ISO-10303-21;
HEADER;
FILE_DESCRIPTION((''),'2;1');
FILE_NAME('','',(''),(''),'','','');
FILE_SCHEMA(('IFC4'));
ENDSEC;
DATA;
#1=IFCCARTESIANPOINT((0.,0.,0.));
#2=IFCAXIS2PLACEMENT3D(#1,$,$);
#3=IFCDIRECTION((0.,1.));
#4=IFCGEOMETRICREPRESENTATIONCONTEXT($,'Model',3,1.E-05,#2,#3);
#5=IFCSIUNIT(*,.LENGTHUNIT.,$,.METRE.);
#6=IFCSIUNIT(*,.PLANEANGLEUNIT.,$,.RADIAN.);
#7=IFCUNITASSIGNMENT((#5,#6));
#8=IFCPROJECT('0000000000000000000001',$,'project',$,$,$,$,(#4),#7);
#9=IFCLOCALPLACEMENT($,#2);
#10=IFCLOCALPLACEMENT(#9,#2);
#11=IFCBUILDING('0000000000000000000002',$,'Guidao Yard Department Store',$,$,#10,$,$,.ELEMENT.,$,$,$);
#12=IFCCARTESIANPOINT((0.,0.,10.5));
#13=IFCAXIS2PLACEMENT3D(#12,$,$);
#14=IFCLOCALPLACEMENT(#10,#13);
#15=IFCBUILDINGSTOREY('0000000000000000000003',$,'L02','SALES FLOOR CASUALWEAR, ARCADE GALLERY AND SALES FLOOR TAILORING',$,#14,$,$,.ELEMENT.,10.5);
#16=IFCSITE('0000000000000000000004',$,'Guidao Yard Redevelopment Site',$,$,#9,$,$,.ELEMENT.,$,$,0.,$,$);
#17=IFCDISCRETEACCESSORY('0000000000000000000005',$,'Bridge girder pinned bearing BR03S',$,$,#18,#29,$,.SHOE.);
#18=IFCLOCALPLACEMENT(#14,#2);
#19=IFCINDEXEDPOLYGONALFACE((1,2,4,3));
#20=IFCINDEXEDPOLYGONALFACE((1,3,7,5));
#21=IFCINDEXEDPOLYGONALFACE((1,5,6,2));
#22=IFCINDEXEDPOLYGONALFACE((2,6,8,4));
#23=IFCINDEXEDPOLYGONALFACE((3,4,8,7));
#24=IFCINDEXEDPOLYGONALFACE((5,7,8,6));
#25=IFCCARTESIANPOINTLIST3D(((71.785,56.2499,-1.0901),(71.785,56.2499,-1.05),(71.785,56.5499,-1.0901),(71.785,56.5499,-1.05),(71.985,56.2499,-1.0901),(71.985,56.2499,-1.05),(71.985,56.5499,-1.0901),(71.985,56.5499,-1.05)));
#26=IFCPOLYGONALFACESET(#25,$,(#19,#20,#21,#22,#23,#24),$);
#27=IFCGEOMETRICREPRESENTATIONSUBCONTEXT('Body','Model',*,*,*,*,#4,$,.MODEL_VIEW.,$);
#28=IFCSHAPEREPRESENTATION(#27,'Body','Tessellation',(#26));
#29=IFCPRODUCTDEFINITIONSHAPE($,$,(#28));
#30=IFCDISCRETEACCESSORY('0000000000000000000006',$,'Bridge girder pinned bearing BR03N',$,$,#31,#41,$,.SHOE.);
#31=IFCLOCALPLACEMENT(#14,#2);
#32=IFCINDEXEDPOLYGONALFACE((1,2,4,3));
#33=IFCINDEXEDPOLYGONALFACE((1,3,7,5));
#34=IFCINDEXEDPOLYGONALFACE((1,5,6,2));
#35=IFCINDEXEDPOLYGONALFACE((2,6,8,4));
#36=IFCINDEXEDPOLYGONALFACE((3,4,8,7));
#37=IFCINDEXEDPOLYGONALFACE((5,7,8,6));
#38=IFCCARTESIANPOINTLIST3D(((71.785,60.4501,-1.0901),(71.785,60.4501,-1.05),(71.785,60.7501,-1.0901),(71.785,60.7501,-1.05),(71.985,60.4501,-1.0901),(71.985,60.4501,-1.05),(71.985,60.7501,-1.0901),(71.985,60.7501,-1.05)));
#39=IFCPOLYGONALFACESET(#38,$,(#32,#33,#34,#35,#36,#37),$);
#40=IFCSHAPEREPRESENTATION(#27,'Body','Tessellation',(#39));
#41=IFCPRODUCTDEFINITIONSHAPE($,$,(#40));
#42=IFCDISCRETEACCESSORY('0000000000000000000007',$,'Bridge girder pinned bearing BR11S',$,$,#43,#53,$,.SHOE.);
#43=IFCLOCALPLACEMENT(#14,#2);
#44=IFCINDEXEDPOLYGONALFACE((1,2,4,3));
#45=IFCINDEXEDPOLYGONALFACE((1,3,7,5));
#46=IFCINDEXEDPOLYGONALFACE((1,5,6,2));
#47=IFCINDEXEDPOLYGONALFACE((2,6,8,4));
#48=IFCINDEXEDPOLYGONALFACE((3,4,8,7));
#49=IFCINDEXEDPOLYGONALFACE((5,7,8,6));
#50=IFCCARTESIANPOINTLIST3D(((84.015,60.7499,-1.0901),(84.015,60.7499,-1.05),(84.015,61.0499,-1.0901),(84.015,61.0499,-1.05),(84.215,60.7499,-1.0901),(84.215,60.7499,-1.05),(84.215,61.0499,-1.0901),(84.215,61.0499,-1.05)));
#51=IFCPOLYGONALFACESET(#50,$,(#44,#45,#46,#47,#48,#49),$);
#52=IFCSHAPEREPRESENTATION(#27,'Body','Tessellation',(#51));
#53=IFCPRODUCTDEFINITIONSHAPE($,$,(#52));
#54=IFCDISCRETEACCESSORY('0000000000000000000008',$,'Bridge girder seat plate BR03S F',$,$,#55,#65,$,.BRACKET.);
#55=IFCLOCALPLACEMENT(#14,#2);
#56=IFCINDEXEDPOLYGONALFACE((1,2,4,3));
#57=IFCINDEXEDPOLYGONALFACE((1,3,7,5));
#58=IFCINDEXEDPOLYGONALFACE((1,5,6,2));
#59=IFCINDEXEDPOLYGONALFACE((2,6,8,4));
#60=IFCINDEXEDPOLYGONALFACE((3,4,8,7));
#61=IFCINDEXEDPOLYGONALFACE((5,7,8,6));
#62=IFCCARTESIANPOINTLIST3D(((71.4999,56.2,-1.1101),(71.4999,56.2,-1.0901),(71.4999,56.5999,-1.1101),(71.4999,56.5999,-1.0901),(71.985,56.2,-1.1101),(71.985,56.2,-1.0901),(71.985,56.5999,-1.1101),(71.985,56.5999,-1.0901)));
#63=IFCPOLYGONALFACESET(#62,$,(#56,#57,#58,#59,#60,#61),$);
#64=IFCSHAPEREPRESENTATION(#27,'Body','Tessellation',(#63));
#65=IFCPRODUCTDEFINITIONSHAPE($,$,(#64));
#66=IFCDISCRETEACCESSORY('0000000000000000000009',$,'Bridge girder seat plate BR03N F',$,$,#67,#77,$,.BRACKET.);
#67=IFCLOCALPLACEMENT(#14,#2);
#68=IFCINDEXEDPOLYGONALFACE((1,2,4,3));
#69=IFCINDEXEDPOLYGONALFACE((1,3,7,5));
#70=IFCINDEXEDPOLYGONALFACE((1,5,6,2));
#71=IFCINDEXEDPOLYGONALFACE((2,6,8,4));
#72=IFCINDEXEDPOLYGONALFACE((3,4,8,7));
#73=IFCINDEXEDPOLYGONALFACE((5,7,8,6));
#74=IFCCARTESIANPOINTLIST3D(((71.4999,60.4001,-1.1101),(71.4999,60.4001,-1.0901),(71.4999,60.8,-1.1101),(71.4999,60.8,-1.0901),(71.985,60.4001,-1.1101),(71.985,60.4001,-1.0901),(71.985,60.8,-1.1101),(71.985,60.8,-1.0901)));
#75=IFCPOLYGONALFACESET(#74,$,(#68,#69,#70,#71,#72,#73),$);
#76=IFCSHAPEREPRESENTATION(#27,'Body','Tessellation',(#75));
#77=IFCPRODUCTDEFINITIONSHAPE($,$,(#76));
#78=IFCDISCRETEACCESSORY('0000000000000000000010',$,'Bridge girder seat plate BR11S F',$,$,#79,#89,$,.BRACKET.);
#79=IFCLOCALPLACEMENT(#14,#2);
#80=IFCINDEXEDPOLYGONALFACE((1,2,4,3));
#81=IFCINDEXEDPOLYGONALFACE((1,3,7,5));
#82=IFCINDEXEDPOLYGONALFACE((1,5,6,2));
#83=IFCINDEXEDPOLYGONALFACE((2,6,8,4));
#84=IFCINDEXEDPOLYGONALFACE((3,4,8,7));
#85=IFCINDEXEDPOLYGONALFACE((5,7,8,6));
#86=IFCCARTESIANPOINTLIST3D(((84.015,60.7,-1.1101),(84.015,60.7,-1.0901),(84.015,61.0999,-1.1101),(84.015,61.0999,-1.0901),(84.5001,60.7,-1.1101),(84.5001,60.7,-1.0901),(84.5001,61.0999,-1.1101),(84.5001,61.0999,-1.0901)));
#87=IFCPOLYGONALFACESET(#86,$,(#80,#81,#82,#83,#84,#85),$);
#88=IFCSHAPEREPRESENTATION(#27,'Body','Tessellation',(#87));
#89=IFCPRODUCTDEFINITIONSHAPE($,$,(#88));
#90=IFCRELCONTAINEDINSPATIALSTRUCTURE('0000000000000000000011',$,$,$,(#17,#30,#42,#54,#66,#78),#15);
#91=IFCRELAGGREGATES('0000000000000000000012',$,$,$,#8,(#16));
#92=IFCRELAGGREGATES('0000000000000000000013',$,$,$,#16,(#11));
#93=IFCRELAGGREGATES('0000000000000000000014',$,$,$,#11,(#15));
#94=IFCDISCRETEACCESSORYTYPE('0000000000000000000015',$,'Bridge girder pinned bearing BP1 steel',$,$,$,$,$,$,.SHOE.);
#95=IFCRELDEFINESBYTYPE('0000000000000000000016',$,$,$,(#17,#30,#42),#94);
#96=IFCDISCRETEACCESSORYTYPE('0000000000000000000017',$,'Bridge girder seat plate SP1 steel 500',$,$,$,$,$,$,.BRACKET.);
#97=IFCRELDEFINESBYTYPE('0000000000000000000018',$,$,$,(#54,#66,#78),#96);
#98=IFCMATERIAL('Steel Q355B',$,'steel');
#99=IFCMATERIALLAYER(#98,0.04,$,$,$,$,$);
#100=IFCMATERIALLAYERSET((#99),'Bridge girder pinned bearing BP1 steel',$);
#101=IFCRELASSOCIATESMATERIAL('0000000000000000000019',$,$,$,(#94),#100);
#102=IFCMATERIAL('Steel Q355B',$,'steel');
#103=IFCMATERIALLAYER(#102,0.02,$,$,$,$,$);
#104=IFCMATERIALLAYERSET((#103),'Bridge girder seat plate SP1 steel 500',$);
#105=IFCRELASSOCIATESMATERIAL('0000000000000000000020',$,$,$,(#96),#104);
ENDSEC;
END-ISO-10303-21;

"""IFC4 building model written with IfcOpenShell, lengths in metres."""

from ifc_helpers import new_model, si_unit, direction, frame, origin, origin_2d, place, context, subcontext, project, spatial, rectangle, extrude, material, layer, layer_set, type_object, element, save


model = new_model("IFC4")

# Units and contexts
model_context = context("Model", 3, precision=1e-05, world=origin(), true_north=direction((0.0, 1.0)))
body_context = subcontext(model_context, "Body", "Model", "MODEL_VIEW")
ifc_project = project(units=[si_unit("LENGTHUNIT", "METRE"), si_unit("PLANEANGLEUNIT", "RADIAN")], contexts=[model_context])

# Site, building, storey
site_placement = place(None, origin())
site = spatial("IfcSite", under=ifc_project, at=site_placement, Name="Guidao Yard Redevelopment Site", CompositionType="ELEMENT", RefElevation=0.0)
building_placement = place(site_placement, origin())
building = spatial("IfcBuilding", under=site, at=building_placement, Name="Guidao Yard Department Store", CompositionType="ELEMENT")
storey_placement = place(building_placement, frame((0.0, 0.0, 10.5)))
storey = spatial("IfcBuildingStorey", under=building, at=storey_placement, Name="L02", Description="SALES FLOOR CASUALWEAR, ARCADE GALLERY AND SALES FLOOR TAILORING", CompositionType="ELEMENT", Elevation=10.5)

# Discrete accessories
ifc_material_1 = material(Name="Steel Q355B", Category="steel")
ifc_layer_1 = layer(ifc_material_1, 0.04)
ifc_layer_set_1 = layer_set([ifc_layer_1], Name="Bridge girder pinned bearing BP1 steel")
discrete_accessory_type_1 = type_object("IfcDiscreteAccessoryType", Name="Bridge girder pinned bearing BP1 steel", PredefinedType="SHOE", material=ifc_layer_set_1)
for number, where, z_axis, x_axis, name in (
    (1, (71.885, 56.3999, -1.0901), (0.0, 0.0, 1.0), (1.0, 0.0, 0.0), "Bridge girder pinned bearing BR03S"),
    (2, (71.885, 60.6001, -1.0901), (0.0, 0.0, 1.0), (1.0, 0.0, 0.0), "Bridge girder pinned bearing BR03N"),
    (3, (84.115, 60.8999, -1.0901), (0.0, 0.0, 1.0), (1.0, 0.0, 0.0), "Bridge girder pinned bearing BR11S"),
):
    element("IfcDiscreteAccessory", number, at=place(storey_placement, frame(where, z_axis=z_axis, x_axis=x_axis)), inside=storey, type_object=discrete_accessory_type_1, Name=name, PredefinedType="SHOE", context=body_context, shape_type="SweptSolid", body=[
        extrude(rectangle(XDim=0.2, YDim=0.3, at=origin_2d()), origin(), (0.0, 0.0, 1.0), 0.04),
    ])
ifc_material_2 = material(Name="Steel Q355B", Category="steel")
ifc_layer_2 = layer(ifc_material_2, 0.02)
ifc_layer_set_2 = layer_set([ifc_layer_2], Name="Bridge girder seat plate SP1 steel 500")
discrete_accessory_type_2 = type_object("IfcDiscreteAccessoryType", Name="Bridge girder seat plate SP1 steel 500", PredefinedType="BRACKET", material=ifc_layer_set_2)
for number, where, z_axis, x_axis, name in (
    (4, (71.7424, 56.3999, -1.1101), (0.0, 0.0, 1.0), (1.0, 0.0, 0.0), "Bridge girder seat plate BR03S F"),
    (5, (71.7424, 60.6001, -1.1101), (0.0, 0.0, 1.0), (1.0, 0.0, 0.0), "Bridge girder seat plate BR03N F"),
    (6, (84.2576, 60.8999, -1.1101), (0.0, 0.0, 1.0), (1.0, 0.0, 0.0), "Bridge girder seat plate BR11S F"),
):
    element("IfcDiscreteAccessory", number, at=place(storey_placement, frame(where, z_axis=z_axis, x_axis=x_axis)), inside=storey, type_object=discrete_accessory_type_2, Name=name, PredefinedType="BRACKET", context=body_context, shape_type="SweptSolid", body=[
        extrude(rectangle(XDim=0.4851, YDim=0.3999, at=origin_2d()), origin(), (0.0, 0.0, 1.0), 0.02),
    ])

save(model, "model.ifc")
